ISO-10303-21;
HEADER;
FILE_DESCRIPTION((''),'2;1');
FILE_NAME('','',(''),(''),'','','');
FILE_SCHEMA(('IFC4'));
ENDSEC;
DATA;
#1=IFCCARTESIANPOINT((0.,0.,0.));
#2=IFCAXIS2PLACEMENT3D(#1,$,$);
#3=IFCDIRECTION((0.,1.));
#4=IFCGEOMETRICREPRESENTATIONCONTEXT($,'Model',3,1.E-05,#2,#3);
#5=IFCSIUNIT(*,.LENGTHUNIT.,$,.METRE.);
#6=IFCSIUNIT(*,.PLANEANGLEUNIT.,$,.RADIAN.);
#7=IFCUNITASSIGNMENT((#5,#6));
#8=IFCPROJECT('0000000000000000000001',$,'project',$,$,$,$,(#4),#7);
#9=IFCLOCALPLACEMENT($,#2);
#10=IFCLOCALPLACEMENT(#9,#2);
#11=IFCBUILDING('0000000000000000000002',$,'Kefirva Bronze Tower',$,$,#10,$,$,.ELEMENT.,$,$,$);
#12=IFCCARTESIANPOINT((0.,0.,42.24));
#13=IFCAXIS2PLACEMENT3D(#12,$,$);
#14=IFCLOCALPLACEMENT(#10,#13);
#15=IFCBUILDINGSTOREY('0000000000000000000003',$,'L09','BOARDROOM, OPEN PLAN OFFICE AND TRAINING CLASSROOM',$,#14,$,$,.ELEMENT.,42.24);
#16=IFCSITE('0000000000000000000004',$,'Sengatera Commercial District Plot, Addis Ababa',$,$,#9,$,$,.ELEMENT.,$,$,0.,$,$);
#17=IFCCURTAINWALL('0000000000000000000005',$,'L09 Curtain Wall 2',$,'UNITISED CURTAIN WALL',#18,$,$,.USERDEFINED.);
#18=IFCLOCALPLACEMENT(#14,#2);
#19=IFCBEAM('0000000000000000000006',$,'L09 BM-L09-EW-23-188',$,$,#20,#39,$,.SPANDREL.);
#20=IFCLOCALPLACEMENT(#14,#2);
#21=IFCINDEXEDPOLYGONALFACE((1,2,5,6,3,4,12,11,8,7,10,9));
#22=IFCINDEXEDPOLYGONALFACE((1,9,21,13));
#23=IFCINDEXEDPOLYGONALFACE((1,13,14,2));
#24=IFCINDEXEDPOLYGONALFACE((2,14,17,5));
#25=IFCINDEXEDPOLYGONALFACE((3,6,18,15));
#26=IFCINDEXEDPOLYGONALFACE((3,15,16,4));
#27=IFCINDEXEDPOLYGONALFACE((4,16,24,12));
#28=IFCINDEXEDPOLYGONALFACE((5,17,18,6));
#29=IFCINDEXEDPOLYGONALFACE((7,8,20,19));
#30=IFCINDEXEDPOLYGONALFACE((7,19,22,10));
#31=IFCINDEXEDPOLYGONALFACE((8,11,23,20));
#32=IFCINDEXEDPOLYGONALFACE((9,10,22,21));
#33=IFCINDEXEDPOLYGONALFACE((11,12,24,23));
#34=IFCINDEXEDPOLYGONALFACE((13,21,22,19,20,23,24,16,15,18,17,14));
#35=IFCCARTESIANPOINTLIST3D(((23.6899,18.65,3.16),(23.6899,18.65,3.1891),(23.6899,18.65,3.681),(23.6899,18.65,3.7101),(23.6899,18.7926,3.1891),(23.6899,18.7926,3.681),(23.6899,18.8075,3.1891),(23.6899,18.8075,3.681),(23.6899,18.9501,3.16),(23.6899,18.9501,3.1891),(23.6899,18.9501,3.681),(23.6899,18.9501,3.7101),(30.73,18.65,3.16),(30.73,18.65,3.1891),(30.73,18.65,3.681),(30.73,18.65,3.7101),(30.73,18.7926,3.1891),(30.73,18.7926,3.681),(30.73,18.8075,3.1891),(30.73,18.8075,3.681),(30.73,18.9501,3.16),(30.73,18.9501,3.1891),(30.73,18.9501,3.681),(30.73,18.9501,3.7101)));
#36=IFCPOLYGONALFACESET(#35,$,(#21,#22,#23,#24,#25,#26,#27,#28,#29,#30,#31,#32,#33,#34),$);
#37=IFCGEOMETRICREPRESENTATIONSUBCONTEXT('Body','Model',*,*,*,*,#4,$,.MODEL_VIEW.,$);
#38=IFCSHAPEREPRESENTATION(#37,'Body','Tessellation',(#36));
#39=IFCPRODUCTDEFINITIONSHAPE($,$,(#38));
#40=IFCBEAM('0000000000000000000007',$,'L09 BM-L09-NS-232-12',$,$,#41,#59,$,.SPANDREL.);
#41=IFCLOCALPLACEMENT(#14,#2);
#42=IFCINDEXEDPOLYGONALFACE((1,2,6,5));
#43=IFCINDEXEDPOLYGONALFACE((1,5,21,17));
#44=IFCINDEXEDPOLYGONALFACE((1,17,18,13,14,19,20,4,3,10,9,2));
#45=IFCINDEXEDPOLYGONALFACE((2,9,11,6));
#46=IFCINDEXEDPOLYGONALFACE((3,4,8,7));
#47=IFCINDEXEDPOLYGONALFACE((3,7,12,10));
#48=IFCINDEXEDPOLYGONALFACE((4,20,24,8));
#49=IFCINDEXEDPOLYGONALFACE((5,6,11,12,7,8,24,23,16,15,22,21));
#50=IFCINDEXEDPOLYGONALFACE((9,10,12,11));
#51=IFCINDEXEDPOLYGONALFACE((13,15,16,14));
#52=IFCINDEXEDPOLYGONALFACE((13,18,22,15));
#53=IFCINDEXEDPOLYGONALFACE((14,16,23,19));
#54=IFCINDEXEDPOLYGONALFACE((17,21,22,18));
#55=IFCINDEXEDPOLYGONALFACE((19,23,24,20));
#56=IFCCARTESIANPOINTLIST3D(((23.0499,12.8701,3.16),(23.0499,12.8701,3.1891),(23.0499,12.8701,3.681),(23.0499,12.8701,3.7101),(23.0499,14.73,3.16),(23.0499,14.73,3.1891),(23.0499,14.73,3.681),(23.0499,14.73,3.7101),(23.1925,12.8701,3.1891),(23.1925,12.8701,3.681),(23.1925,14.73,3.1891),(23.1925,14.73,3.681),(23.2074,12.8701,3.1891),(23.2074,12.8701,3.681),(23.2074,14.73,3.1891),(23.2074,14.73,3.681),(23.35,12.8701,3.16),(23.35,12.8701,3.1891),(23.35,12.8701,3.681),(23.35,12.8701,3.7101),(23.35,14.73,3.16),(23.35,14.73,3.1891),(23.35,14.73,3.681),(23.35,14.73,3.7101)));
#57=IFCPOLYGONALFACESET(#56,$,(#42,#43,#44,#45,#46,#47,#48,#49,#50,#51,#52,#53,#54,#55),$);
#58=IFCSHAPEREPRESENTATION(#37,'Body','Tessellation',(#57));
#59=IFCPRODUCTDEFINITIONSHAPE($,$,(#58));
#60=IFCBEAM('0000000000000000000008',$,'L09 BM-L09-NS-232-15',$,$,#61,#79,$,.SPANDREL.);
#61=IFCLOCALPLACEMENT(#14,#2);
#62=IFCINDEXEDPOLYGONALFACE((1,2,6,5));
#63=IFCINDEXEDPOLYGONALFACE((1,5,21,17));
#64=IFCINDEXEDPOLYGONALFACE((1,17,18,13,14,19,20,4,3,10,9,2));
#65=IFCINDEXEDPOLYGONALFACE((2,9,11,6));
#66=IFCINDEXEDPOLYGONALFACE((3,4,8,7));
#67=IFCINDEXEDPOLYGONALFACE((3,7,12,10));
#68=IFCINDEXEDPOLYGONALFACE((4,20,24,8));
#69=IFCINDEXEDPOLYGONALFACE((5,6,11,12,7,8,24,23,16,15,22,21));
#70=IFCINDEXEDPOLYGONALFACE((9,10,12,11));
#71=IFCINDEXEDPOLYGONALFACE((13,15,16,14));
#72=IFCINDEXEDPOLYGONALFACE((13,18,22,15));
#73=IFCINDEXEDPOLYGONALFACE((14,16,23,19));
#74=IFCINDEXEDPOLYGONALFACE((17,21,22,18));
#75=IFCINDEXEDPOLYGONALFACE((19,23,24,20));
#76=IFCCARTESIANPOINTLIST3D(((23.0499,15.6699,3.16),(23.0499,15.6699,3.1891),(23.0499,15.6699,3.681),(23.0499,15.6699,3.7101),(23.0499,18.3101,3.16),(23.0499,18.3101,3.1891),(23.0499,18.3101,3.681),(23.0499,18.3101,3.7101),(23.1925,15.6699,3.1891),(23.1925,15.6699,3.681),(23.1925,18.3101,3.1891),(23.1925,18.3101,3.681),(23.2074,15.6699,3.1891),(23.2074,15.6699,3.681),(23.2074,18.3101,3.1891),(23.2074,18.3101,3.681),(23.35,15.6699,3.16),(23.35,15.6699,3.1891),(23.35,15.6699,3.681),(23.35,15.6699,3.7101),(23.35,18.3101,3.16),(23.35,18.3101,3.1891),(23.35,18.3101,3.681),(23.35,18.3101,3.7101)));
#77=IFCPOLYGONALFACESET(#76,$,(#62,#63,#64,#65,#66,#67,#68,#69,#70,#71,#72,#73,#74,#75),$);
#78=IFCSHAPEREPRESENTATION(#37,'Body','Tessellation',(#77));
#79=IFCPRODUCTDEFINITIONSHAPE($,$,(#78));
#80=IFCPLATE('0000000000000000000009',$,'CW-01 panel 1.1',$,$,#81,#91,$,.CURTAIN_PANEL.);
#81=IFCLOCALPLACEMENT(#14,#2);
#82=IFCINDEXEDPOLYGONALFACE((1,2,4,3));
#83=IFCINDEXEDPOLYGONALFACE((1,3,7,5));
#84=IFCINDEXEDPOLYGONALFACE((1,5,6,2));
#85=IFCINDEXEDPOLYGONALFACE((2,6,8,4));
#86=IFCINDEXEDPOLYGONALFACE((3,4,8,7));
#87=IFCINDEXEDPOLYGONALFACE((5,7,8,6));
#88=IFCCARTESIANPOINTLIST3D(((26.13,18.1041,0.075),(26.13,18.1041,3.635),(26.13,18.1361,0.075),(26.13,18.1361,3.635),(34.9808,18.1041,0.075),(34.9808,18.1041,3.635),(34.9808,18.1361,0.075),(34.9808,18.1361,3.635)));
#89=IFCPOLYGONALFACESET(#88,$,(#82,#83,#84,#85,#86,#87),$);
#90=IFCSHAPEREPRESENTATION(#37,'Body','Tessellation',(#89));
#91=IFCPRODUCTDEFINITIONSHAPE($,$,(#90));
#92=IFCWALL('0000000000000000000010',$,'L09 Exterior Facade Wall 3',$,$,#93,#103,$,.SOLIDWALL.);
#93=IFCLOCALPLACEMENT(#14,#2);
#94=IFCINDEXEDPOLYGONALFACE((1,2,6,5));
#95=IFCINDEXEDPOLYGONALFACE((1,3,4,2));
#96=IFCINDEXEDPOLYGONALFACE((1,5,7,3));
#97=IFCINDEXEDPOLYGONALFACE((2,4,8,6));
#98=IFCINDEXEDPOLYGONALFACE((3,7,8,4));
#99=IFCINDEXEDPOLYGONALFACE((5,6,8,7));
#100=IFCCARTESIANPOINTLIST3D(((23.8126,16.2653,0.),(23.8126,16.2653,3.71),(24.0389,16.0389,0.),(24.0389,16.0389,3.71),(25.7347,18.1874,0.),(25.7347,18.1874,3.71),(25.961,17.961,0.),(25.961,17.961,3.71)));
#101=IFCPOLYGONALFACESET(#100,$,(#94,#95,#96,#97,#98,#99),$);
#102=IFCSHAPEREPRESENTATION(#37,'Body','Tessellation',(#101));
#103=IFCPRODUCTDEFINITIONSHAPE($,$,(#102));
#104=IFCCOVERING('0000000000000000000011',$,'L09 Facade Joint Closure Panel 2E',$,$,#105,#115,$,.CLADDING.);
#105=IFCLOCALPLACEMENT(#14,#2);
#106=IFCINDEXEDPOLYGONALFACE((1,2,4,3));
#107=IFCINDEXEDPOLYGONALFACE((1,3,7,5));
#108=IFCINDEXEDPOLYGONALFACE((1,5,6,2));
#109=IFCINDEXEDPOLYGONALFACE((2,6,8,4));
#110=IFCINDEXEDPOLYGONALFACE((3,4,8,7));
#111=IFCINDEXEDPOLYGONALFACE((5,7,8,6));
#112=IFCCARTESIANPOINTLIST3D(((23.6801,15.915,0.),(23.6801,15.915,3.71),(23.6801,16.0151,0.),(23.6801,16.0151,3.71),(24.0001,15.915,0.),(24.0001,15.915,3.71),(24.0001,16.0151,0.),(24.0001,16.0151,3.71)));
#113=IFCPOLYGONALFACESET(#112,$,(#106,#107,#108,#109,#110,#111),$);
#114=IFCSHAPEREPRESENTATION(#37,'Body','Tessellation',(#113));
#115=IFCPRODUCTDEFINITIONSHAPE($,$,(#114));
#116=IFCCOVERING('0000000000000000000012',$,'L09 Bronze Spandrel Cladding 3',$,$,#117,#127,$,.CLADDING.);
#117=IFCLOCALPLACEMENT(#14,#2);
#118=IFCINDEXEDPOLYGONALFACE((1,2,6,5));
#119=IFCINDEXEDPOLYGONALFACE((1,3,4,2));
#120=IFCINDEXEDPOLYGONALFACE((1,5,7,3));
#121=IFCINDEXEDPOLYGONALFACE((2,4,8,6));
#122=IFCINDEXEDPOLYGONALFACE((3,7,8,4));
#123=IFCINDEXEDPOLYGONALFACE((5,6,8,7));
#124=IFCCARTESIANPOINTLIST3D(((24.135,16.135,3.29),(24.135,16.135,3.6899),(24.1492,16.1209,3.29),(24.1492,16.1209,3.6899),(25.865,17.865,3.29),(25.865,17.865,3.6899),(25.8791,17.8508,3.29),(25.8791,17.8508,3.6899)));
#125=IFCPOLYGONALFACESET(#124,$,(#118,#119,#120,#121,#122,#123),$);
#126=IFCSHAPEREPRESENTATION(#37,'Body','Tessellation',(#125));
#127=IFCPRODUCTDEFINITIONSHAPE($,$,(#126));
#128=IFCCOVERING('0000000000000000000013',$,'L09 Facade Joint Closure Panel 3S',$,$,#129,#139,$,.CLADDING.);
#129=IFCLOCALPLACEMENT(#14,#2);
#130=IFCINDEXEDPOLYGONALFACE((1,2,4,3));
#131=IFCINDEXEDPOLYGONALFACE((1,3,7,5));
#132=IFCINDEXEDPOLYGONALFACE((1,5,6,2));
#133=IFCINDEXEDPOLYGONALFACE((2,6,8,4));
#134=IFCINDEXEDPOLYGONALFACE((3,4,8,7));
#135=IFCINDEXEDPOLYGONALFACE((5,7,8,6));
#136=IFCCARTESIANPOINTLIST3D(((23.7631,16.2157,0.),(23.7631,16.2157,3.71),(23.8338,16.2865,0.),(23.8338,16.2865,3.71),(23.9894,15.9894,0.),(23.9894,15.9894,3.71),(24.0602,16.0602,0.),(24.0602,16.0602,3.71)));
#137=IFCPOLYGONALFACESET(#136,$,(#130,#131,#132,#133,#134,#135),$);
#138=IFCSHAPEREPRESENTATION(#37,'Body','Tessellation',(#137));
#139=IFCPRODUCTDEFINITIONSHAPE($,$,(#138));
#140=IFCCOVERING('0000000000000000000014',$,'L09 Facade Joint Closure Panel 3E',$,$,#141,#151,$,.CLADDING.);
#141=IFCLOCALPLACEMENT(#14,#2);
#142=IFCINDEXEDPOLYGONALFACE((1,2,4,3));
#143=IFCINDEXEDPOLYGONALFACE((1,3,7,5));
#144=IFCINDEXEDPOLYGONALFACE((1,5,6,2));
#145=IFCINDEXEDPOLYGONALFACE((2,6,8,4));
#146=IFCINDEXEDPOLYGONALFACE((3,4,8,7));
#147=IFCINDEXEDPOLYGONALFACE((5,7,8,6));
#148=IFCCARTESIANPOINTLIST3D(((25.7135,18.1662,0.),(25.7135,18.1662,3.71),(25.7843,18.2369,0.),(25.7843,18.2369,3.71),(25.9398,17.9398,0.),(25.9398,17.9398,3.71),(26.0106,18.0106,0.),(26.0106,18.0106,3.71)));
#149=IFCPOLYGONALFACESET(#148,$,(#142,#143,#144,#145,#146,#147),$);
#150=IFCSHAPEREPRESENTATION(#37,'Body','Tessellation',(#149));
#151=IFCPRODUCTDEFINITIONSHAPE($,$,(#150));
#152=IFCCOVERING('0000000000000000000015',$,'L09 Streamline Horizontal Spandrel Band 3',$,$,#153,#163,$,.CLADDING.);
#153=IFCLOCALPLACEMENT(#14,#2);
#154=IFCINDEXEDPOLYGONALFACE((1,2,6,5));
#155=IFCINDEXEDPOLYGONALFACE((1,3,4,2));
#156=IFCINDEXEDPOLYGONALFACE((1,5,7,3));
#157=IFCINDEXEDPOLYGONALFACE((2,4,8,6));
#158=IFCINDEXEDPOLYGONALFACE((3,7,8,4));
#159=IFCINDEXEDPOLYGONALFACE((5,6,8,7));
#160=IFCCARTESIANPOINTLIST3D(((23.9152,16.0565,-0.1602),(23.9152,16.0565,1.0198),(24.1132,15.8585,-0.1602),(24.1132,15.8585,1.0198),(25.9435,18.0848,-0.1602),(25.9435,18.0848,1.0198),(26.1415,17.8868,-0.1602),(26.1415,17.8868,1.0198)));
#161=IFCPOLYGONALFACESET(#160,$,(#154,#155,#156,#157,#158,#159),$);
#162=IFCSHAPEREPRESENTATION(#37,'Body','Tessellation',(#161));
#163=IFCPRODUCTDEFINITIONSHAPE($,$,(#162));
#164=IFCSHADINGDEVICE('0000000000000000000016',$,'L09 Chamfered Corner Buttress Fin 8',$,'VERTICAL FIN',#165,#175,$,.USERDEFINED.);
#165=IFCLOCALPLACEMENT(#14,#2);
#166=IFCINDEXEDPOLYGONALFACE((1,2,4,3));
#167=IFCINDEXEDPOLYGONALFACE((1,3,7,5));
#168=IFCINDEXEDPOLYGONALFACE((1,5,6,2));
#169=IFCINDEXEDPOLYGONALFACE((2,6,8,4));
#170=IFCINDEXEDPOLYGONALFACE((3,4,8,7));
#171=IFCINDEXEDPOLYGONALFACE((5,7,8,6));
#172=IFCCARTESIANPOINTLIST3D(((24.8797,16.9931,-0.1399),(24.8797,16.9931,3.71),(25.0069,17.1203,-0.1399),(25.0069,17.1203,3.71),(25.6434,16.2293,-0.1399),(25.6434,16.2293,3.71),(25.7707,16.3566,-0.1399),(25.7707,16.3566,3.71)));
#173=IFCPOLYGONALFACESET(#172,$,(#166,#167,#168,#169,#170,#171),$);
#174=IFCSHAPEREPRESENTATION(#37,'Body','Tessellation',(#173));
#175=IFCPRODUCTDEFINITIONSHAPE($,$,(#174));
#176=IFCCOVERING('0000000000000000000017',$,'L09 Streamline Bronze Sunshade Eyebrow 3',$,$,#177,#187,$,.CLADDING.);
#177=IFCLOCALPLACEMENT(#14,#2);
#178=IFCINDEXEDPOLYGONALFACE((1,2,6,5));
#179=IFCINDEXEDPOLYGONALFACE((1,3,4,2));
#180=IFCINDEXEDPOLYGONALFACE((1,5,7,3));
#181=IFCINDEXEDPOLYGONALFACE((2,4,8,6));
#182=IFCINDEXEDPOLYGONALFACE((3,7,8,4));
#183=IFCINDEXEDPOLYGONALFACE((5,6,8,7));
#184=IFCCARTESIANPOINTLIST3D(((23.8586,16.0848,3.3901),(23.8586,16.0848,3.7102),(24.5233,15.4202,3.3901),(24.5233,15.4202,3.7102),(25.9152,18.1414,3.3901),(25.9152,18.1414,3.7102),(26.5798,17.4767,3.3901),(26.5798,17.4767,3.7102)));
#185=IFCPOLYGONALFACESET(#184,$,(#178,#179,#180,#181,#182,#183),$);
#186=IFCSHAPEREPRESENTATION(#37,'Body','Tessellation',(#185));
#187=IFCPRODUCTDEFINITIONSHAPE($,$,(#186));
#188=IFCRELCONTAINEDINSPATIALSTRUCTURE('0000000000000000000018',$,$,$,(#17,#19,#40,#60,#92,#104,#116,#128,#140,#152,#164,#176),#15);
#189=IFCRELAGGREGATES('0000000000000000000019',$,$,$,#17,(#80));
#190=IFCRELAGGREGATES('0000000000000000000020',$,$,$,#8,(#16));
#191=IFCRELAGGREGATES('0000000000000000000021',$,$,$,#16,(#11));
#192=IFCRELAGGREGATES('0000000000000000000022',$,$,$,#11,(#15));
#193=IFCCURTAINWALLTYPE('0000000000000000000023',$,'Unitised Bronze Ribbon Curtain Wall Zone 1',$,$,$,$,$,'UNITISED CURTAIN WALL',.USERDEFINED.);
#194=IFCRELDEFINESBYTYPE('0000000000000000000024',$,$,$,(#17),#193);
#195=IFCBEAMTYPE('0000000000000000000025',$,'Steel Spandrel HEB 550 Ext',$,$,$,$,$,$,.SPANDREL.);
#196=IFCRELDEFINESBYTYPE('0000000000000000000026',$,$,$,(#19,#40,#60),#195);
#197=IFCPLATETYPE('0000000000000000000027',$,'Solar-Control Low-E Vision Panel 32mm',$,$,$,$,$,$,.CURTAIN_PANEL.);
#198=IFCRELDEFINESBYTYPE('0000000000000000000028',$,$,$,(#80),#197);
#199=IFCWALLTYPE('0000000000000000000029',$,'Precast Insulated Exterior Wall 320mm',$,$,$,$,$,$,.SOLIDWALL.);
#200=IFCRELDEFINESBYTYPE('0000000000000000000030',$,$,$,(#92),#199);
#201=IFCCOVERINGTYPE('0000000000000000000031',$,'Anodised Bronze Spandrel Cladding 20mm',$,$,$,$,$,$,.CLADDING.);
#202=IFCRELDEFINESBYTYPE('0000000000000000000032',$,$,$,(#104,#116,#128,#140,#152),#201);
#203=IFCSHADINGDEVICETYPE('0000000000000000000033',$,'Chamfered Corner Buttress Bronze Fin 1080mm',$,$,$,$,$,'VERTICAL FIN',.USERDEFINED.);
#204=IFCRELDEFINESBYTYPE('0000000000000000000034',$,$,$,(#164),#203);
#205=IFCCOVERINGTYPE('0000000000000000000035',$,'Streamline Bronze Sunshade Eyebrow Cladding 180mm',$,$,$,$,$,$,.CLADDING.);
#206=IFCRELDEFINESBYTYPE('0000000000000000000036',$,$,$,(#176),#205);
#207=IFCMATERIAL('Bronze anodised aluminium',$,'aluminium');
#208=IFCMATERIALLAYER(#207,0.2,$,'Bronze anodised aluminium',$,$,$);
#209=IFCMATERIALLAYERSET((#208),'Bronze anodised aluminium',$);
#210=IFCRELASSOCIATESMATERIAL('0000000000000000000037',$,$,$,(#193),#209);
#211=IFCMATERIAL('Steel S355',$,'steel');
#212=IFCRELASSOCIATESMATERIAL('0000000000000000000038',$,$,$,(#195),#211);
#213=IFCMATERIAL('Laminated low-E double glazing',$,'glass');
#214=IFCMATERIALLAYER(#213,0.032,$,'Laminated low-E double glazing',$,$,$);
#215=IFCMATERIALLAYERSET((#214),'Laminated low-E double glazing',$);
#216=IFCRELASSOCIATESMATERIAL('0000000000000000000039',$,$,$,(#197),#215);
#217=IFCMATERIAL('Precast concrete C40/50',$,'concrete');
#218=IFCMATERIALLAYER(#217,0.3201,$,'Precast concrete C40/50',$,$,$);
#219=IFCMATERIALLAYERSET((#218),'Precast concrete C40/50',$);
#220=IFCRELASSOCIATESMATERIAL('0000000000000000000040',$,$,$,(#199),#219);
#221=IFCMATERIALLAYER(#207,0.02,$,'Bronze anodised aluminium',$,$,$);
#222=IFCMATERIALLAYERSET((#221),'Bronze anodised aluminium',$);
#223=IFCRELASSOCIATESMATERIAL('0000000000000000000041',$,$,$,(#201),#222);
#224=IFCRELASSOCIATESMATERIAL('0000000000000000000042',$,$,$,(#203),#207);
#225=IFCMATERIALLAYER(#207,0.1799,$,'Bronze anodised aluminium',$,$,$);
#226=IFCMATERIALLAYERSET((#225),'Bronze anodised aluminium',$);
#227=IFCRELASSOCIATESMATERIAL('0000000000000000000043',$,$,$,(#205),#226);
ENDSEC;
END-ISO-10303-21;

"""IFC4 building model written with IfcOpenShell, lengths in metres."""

from ifc_helpers import new_model, si_unit, direction, frame, frame_2d, origin, origin_2d, place, context, subcontext, project, spatial, rectangle, i_section, extrude, material, layer, layer_set, material_profile, profile_set, type_object, element, aggregate, save


model = new_model("IFC4")

# Units and contexts
model_context = context("Model", 3, precision=1e-05, world=origin(), true_north=direction((0.0, 1.0)))
body_context = subcontext(model_context, "Body", "Model", "MODEL_VIEW")
ifc_project = project(units=[si_unit("LENGTHUNIT", "METRE"), si_unit("PLANEANGLEUNIT", "RADIAN")], contexts=[model_context])

# Site, building, storey
site_placement = place(None, origin())
site = spatial("IfcSite", under=ifc_project, at=site_placement, Name="Sengatera Commercial District Plot, Addis Ababa", CompositionType="ELEMENT", RefElevation=0.0)
building_placement = place(site_placement, origin())
building = spatial("IfcBuilding", under=site, at=building_placement, Name="Kefirva Bronze Tower", CompositionType="ELEMENT")
storey_placement = place(building_placement, frame((0.0, 0.0, 42.24)))
storey = spatial("IfcBuildingStorey", under=building, at=storey_placement, Name="L09", Description="BOARDROOM, OPEN PLAN OFFICE AND TRAINING CLASSROOM", CompositionType="ELEMENT", Elevation=42.24)

# Curtain wall
ifc_material_1 = material(Name="Bronze anodised aluminium", Category="aluminium")
ifc_layer_1 = layer(ifc_material_1, 0.2, Name="Bronze anodised aluminium")
ifc_layer_set_1 = layer_set([ifc_layer_1], Name="Bronze anodised aluminium")
curtain_wall_type = type_object("IfcCurtainWallType", Name="Unitised Bronze Ribbon Curtain Wall Zone 1", ElementType="UNITISED CURTAIN WALL", PredefinedType="USERDEFINED", material=ifc_layer_set_1)
curtain_wall_placement = place(storey_placement, origin())
curtain_wall = element("IfcCurtainWall", 1, at=curtain_wall_placement, inside=storey, type_object=curtain_wall_type, Name="L09 Curtain Wall 2", ObjectType="UNITISED CURTAIN WALL", PredefinedType="USERDEFINED")

# Beams
ifc_material_2 = material(Name="Steel S355", Category="steel")
ifc_material_profile_1 = material_profile(ifc_material_2, i_section(OverallWidth=0.3, OverallDepth=0.55, WebThickness=0.0149, FlangeThickness=0.0291, at=origin_2d()), Name="HEB 550")
ifc_profile_set_1 = profile_set([ifc_material_profile_1], Name="Steel S355")
beam_type_1 = type_object("IfcBeamType", Name="Steel Spandrel HEB 550 Ext", PredefinedType="SPANDREL", material=ifc_profile_set_1)
beam_1_placement = place(storey_placement, frame((23.6899, 18.8, 3.4351), z_axis=(1.0, 0.0, 0.0), x_axis=(0.0, 1.0, 0.0)))
element("IfcBeam", 2, at=beam_1_placement, inside=storey, type_object=beam_type_1, Name="L09 BM-L09-EW-23-188", PredefinedType="SPANDREL", context=body_context, shape_type="SweptSolid", body=[
    extrude(i_section(OverallWidth=0.3, OverallDepth=0.55, WebThickness=0.0149, FlangeThickness=0.0291, at=origin_2d()), origin(), (0.0, 0.0, 1.0), 7.04),
])
beam_2_placement = place(storey_placement, frame((23.2, 12.8701, 3.4351), z_axis=(0.0, 1.0, 0.0), x_axis=(-1.0, 0.0, 0.0)))
element("IfcBeam", 3, at=beam_2_placement, inside=storey, type_object=beam_type_1, Name="L09 BM-L09-NS-232-12", PredefinedType="SPANDREL", context=body_context, shape_type="SweptSolid", body=[
    extrude(i_section(OverallWidth=0.3, OverallDepth=0.55, WebThickness=0.0149, FlangeThickness=0.0291, at=origin_2d()), origin(), (0.0, 0.0, 1.0), 1.8599),
])
beam_3_placement = place(storey_placement, frame((23.2, 15.6699, 3.4351), z_axis=(0.0, 1.0, 0.0), x_axis=(-1.0, 0.0, 0.0)))
element("IfcBeam", 4, at=beam_3_placement, inside=storey, type_object=beam_type_1, Name="L09 BM-L09-NS-232-15", PredefinedType="SPANDREL", context=body_context, shape_type="SweptSolid", body=[
    extrude(i_section(OverallWidth=0.3, OverallDepth=0.55, WebThickness=0.0149, FlangeThickness=0.0291, at=origin_2d()), origin(), (0.0, 0.0, 1.0), 2.6401),
])

# Plate
ifc_material_3 = material(Name="Laminated low-E double glazing", Category="glass")
ifc_layer_2 = layer(ifc_material_3, 0.032, Name="Laminated low-E double glazing")
ifc_layer_set_2 = layer_set([ifc_layer_2], Name="Laminated low-E double glazing")
plate_type = type_object("IfcPlateType", Name="Solar-Control Low-E Vision Panel 32mm", PredefinedType="CURTAIN_PANEL", material=ifc_layer_set_2)
plate_placement = place(storey_placement, frame((30.5554, 18.1201, 0.075), z_axis=(0.0, 0.0, 1.0), x_axis=(1.0, 0.0, 0.0)))
plate = element("IfcPlate", 5, at=plate_placement, type_object=plate_type, Name="CW-01 panel 1.1", PredefinedType="CURTAIN_PANEL", context=body_context, shape_type="SweptSolid", body=[
    extrude(rectangle(XDim=8.8508, YDim=0.032, at=origin_2d()), origin(), (0.0, 0.0, 1.0), 3.5601),
])
aggregate(curtain_wall, [plate])

# Wall
ifc_material_4 = material(Name="Precast concrete C40/50", Category="concrete")
ifc_layer_3 = layer(ifc_material_4, 0.3201, Name="Precast concrete C40/50")
ifc_layer_set_3 = layer_set([ifc_layer_3], Name="Precast concrete C40/50")
wall_type = type_object("IfcWallType", Name="Precast Insulated Exterior Wall 320mm", PredefinedType="SOLIDWALL", material=ifc_layer_set_3)
wall_placement = place(storey_placement, frame((23.9258, 16.1521, 0.0), z_axis=(0.0, 0.0, 1.0), x_axis=(0.707107, 0.707107, 0.0)))
element("IfcWall", 6, at=wall_placement, inside=storey, type_object=wall_type, Name="L09 Exterior Facade Wall 3", PredefinedType="SOLIDWALL", context=body_context, shape_type="SweptSolid", body=[
    extrude(rectangle(XDim=2.7183, YDim=0.3201, at=frame_2d((1.3591, 0.0))), origin(), (0.0, 0.0, 1.0), 3.71),
])

# Coverings
ifc_layer_4 = layer(ifc_material_1, 0.02, Name="Bronze anodised aluminium")
ifc_layer_set_4 = layer_set([ifc_layer_4], Name="Bronze anodised aluminium")
covering_type_1 = type_object("IfcCoveringType", Name="Anodised Bronze Spandrel Cladding 20mm", PredefinedType="CLADDING", material=ifc_layer_set_4)
covering_1_placement = place(storey_placement, frame((23.8401, 15.9651, 0.0), z_axis=(0.0, 0.0, 1.0), x_axis=(0.0, 1.0, 0.0)))
element("IfcCovering", 7, at=covering_1_placement, inside=storey, type_object=covering_type_1, Name="L09 Facade Joint Closure Panel 2E", PredefinedType="CLADDING", context=body_context, shape_type="SweptSolid", body=[
    extrude(rectangle(XDim=0.1001, YDim=0.3201, at=origin_2d()), origin(), (0.0, 0.0, 1.0), 3.71),
])
covering_2_placement = place(storey_placement, frame((25.0071, 16.9929, 3.29), z_axis=(0.0, 0.0, 1.0), x_axis=(0.707107, 0.707107, 0.0)))
element("IfcCovering", 8, at=covering_2_placement, inside=storey, type_object=covering_type_1, Name="L09 Bronze Spandrel Cladding 3", PredefinedType="CLADDING", context=body_context, shape_type="SweptSolid", body=[
    extrude(rectangle(XDim=2.4465, YDim=0.02, at=origin_2d()), origin(), (0.0, 0.0, 1.0), 0.3999),
])
for number, where, z_axis, x_axis, name in (
    (9, (23.9116, 16.1379, 0.0), (0.0, 0.0, 1.0), (0.707107, 0.707107, 0.0), "L09 Facade Joint Closure Panel 3S"),
    (10, (25.8621, 18.0884, 0.0), (0.0, 0.0, 1.0), (0.707107, 0.707107, 0.0), "L09 Facade Joint Closure Panel 3E"),
):
    element("IfcCovering", number, at=place(storey_placement, frame(where, z_axis=z_axis, x_axis=x_axis)), inside=storey, type_object=covering_type_1, Name=name, PredefinedType="CLADDING", context=body_context, shape_type="SweptSolid", body=[
        extrude(rectangle(XDim=0.1001, YDim=0.3201, at=origin_2d()), origin(), (0.0, 0.0, 1.0), 3.71),
    ])
covering_3_placement = place(storey_placement, frame((25.0283, 16.9717, -0.1602), z_axis=(0.0, 0.0, 1.0), x_axis=(0.707107, 0.707107, 0.0)))
element("IfcCovering", 11, at=covering_3_placement, inside=storey, type_object=covering_type_1, Name="L09 Streamline Horizontal Spandrel Band 3", PredefinedType="CLADDING", context=body_context, shape_type="SweptSolid", body=[
    extrude(rectangle(XDim=2.8684, YDim=0.28, at=origin_2d()), origin(), (0.0, 0.0, 1.0), 1.1799),
])

# Shading device
ifc_material_profile_2 = material_profile(ifc_material_1, rectangle(XDim=0.1799, YDim=1.0801, at=origin_2d()), Name="BRONZE BUTTRESS FIN 180x1080")
ifc_profile_set_2 = profile_set([ifc_material_profile_2], Name="Bronze anodised aluminium")
shading_device_type = type_object("IfcShadingDeviceType", Name="Chamfered Corner Buttress Bronze Fin 1080mm", ElementType="VERTICAL FIN", PredefinedType="USERDEFINED", material=ifc_profile_set_2)
shading_device_placement = place(storey_placement, frame((25.3252, 16.6748, -0.1399), z_axis=(0.0, 0.0, 1.0), x_axis=(0.707107, 0.707107, 0.0)))
element("IfcShadingDevice", 12, at=shading_device_placement, inside=storey, type_object=shading_device_type, Name="L09 Chamfered Corner Buttress Fin 8", ObjectType="VERTICAL FIN", PredefinedType="USERDEFINED", context=body_context, shape_type="SweptSolid", body=[
    extrude(rectangle(XDim=0.1799, YDim=1.0801, at=origin_2d()), origin(), (0.0, 0.0, 1.0), 3.8499),
])

# Covering
ifc_layer_5 = layer(ifc_material_1, 0.1799, Name="Bronze anodised aluminium")
ifc_layer_set_5 = layer_set([ifc_layer_5], Name="Bronze anodised aluminium")
covering_type_2 = type_object("IfcCoveringType", Name="Streamline Bronze Sunshade Eyebrow Cladding 180mm", PredefinedType="CLADDING", material=ifc_layer_set_5)
covering_4_placement = place(storey_placement, frame((25.2192, 16.7808, 3.3901), z_axis=(0.0, 0.0, 1.0), x_axis=(0.707107, 0.707107, 0.0)))
element("IfcCovering", 13, at=covering_4_placement, inside=storey, type_object=covering_type_2, Name="L09 Streamline Bronze Sunshade Eyebrow 3", PredefinedType="CLADDING", context=body_context, shape_type="SweptSolid", body=[
    extrude(rectangle(XDim=2.9084, YDim=0.9399, at=origin_2d()), origin(), (0.0, 0.0, 1.0), 0.3201),
])

save(model, "model.ifc")
